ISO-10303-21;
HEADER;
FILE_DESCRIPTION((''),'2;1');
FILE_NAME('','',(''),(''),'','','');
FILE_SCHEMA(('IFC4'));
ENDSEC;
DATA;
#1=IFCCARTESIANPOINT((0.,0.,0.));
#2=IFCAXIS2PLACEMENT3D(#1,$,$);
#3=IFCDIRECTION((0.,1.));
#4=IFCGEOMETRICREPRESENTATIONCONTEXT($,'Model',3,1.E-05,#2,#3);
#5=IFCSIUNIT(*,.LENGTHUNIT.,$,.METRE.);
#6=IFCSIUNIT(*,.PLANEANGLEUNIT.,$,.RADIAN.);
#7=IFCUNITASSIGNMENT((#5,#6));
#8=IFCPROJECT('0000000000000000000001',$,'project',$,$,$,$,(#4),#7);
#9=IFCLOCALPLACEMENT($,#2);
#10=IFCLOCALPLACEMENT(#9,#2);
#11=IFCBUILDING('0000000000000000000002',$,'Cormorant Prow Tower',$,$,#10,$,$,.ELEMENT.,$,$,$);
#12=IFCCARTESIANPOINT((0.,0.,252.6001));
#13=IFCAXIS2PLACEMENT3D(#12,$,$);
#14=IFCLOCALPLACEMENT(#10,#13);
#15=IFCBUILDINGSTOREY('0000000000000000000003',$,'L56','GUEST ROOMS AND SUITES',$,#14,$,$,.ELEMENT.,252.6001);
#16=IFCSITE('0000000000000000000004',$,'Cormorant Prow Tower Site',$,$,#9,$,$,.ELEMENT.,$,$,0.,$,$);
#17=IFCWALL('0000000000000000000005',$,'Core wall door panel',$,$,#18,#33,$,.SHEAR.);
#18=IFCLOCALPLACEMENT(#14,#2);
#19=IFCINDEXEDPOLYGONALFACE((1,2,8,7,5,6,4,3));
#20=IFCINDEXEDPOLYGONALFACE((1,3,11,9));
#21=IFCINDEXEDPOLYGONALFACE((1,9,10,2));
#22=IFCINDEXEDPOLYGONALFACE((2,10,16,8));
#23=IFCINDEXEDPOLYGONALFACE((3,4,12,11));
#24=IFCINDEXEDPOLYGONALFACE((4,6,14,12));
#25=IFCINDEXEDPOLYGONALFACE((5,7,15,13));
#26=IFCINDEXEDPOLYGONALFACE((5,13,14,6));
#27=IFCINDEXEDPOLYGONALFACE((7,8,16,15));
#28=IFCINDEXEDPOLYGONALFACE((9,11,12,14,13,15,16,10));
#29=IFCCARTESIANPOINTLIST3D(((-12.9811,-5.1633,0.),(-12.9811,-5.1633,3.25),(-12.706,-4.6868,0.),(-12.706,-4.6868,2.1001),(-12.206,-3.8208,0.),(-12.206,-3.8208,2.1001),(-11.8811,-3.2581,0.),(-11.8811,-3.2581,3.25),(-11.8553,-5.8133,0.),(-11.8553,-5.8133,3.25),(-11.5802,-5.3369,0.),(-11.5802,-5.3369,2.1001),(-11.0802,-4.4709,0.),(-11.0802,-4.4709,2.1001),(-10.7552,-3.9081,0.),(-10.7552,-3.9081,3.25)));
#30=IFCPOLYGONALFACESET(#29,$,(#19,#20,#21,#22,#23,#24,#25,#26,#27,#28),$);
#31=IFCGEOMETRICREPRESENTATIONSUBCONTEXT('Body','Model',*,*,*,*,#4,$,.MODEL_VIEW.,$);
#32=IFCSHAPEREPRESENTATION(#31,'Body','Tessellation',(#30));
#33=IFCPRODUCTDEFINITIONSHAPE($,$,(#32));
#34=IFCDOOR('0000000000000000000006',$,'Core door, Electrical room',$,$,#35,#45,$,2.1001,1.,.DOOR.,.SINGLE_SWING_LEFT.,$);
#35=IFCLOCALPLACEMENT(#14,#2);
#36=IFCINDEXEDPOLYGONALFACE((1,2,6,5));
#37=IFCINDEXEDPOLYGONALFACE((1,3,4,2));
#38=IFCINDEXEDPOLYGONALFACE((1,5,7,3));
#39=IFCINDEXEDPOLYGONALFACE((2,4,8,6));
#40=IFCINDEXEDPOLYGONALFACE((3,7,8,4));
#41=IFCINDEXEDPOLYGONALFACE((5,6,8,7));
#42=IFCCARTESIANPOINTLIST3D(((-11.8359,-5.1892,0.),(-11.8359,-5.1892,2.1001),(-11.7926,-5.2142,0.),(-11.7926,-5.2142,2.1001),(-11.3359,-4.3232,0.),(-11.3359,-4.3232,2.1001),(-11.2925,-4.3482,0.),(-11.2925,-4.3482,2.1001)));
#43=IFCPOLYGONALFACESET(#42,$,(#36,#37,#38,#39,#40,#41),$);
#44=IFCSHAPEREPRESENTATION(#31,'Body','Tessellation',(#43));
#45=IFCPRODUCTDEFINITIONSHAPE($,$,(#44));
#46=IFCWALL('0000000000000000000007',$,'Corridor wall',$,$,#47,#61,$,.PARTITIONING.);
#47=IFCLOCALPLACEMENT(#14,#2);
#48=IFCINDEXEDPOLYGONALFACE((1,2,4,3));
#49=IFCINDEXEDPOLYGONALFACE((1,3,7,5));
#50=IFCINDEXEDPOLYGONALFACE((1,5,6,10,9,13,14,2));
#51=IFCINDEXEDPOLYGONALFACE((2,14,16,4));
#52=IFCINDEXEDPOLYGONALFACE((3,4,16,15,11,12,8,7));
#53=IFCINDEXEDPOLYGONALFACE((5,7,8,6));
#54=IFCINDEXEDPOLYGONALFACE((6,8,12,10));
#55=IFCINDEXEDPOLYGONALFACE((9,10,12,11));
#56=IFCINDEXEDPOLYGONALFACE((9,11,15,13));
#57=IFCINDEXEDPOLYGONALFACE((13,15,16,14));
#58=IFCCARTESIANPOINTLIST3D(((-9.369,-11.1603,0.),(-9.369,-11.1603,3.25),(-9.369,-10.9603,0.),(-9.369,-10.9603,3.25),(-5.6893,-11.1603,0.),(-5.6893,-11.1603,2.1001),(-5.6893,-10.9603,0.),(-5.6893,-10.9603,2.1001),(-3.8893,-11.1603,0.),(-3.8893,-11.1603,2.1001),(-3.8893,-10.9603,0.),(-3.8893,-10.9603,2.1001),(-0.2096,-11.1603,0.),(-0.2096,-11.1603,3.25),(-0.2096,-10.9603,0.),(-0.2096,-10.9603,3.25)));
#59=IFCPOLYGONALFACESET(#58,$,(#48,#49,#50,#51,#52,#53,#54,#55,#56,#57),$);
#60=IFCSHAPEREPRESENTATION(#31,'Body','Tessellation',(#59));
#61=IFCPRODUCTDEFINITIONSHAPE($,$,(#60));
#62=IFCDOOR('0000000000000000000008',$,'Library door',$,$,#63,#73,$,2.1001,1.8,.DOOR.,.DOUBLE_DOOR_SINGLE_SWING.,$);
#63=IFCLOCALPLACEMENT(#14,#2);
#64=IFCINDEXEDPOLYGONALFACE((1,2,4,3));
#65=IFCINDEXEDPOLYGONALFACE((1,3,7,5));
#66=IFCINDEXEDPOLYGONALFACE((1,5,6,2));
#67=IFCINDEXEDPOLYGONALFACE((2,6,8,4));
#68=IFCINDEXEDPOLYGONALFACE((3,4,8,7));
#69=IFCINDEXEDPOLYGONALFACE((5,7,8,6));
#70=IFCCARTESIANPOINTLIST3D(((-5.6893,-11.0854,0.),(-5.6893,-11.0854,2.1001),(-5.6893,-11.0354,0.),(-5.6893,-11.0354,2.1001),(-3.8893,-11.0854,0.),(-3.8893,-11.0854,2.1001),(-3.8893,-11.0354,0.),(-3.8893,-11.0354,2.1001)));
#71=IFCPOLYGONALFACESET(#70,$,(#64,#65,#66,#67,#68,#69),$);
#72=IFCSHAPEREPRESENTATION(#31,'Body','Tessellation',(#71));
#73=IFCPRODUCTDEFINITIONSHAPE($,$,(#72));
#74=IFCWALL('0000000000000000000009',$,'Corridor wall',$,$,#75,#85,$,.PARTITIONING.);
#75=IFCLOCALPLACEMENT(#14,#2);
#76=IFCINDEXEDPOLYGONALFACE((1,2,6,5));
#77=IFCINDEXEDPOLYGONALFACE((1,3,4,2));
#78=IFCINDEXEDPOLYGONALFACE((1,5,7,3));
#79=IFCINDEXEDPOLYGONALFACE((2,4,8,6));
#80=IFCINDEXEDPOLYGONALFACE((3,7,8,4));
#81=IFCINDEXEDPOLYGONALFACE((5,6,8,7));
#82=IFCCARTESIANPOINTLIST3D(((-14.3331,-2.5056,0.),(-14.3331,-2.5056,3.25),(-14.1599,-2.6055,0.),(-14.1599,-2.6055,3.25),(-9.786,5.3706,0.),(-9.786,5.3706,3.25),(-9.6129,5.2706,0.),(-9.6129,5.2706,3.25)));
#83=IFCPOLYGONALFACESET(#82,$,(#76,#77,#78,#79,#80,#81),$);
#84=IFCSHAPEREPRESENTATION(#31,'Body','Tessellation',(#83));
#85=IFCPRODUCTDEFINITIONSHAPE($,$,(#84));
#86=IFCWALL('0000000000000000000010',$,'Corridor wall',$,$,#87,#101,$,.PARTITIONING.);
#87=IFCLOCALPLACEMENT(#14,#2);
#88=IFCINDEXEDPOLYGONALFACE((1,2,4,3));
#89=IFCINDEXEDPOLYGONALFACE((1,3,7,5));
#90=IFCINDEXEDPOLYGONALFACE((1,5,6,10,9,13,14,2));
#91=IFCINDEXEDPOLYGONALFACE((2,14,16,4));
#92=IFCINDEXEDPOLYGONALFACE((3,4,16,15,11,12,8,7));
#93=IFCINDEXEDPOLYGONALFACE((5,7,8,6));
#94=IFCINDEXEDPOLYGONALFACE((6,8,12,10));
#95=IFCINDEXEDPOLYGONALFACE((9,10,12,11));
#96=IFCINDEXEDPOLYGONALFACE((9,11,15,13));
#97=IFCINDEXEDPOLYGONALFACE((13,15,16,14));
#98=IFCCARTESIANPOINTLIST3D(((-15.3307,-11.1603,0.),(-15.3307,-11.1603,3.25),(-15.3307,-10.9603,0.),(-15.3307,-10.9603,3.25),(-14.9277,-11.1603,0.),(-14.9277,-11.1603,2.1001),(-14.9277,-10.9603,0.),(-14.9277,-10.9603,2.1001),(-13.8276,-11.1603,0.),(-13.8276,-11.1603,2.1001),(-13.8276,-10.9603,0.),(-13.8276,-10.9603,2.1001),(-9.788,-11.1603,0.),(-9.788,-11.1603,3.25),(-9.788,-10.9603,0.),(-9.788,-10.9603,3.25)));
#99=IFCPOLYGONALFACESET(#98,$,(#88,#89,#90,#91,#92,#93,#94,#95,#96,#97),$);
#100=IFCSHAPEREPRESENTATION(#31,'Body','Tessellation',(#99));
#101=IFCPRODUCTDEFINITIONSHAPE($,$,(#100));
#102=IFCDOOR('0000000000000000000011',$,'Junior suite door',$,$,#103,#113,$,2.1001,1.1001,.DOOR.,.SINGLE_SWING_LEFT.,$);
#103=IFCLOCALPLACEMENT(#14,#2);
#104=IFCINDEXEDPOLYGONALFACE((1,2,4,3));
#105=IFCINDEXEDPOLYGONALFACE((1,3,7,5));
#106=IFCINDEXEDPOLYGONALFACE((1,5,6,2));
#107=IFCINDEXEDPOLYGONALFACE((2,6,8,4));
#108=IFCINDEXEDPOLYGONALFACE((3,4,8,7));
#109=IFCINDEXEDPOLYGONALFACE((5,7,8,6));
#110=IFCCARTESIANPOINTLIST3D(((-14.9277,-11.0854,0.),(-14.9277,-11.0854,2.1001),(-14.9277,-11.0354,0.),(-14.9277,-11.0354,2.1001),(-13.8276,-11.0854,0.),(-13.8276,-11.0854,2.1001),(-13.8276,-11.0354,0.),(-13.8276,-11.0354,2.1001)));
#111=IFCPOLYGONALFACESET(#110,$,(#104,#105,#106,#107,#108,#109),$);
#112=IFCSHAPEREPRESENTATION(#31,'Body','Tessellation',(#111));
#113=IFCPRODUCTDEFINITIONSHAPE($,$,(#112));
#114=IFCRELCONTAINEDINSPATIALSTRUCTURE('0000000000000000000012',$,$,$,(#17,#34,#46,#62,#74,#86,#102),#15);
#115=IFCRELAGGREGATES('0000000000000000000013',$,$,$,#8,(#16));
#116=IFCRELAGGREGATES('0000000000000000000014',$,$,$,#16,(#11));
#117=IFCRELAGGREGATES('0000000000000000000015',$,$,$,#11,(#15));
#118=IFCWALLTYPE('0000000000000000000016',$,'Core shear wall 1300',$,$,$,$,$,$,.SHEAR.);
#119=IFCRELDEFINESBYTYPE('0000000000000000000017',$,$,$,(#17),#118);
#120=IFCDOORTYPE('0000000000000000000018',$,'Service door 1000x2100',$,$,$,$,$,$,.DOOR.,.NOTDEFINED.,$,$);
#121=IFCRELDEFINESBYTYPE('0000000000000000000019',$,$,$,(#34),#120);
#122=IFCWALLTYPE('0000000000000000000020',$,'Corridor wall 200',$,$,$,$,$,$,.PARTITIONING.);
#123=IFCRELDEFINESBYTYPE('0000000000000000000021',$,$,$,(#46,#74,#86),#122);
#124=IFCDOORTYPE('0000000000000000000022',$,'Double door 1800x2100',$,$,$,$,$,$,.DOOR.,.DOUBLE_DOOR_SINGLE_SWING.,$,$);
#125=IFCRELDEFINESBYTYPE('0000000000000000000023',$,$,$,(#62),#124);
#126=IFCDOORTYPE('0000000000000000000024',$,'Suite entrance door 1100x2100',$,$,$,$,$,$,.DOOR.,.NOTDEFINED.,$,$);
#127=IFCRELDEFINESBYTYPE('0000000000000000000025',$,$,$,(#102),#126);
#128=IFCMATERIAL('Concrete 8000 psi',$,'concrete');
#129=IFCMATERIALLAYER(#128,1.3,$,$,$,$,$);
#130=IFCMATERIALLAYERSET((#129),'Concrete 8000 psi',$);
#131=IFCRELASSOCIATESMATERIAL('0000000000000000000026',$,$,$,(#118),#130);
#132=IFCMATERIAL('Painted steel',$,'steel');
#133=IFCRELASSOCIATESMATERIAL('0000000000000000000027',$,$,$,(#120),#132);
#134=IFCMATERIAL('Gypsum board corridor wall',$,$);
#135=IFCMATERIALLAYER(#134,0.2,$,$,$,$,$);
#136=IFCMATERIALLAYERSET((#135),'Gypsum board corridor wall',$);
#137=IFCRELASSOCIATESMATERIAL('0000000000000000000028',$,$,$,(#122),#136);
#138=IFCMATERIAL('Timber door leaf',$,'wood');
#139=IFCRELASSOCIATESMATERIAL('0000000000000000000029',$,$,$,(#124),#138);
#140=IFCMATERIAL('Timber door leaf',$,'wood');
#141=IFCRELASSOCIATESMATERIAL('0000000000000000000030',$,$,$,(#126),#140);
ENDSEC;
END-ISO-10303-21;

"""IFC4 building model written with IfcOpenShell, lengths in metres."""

from ifc_helpers import new_model, si_unit, direction, frame, frame_2d, origin, place, context, subcontext, project, spatial, rectangle, extrude, material, layer, layer_set, type_object, element, fill, save


model = new_model("IFC4")

# Units and contexts
model_context = context("Model", 3, precision=1e-05, world=origin(), true_north=direction((0.0, 1.0)))
body_context = subcontext(model_context, "Body", "Model", "MODEL_VIEW")
ifc_project = project(units=[si_unit("LENGTHUNIT", "METRE"), si_unit("PLANEANGLEUNIT", "RADIAN")], contexts=[model_context])

# Site, building, storey
site_placement = place(None, origin())
site = spatial("IfcSite", under=ifc_project, at=site_placement, Name="Cormorant Prow Tower Site", CompositionType="ELEMENT", RefElevation=0.0)
building_placement = place(site_placement, origin())
building = spatial("IfcBuilding", under=site, at=building_placement, Name="Cormorant Prow Tower", CompositionType="ELEMENT")
storey_placement = place(building_placement, frame((0.0, 0.0, 252.6001)))
storey = spatial("IfcBuildingStorey", under=building, at=storey_placement, Name="L56", Description="GUEST ROOMS AND SUITES", CompositionType="ELEMENT", Elevation=252.6001)

# Shared definitions
ifc_material_1 = material(Name="Concrete 8000 psi", Category="concrete")
ifc_layer_1 = layer(ifc_material_1, 1.3)
ifc_layer_set_1 = layer_set([ifc_layer_1], Name="Concrete 8000 psi")
wall_type_1 = type_object("IfcWallType", Name="Core shear wall 1300", PredefinedType="SHEAR", material=ifc_layer_set_1)

# Walls, openings, doors
wall_1_placement = place(storey_placement, frame((-11.3181, -3.583, 0.0), z_axis=(0.0, 0.0, 1.0), x_axis=(-0.50003, -0.866008, 0.0)))
wall_1 = element("IfcWall", 1, at=wall_1_placement, inside=storey, type_object=wall_type_1, Name="Core wall door panel", PredefinedType="SHEAR", context=body_context, shape_type="SweptSolid", body=[
    extrude(rectangle(XDim=2.2, YDim=1.3, at=frame_2d((1.1001, 0.0))), origin(), (0.0, 0.0, 1.0), 3.25),
])
opening_1_placement = place(wall_1_placement, frame((0.6499, 0.0, 0.0)))
opening_1 = element("IfcOpeningElement", 2, at=opening_1_placement, cuts=wall_1, PredefinedType="OPENING", context=body_context, shape_type="SweptSolid", body=[
    extrude(rectangle(XDim=1.0, YDim=2.1001, at=frame_2d((0.5, 1.05))), frame((0.0, 0.6599, 0.0), z_axis=(0.0, -1.0, 0.0), x_axis=(1.0, 0.0, 0.0)), (0.0, 0.0, 1.0), 1.3201),
])
ifc_material_2 = material(Name="Painted steel", Category="steel")
door_type_1 = type_object("IfcDoorType", Name="Service door 1000x2100", OperationType="NOTDEFINED", PredefinedType="DOOR", material=ifc_material_2)
door_1_placement = place(opening_1_placement, origin())
door_1 = element("IfcDoor", 3, at=door_1_placement, inside=storey, type_object=door_type_1, Name="Core door, Electrical room", OperationType="SINGLE_SWING_LEFT", OverallHeight=2.1001, OverallWidth=1.0, PredefinedType="DOOR", context=body_context, shape_type="SweptSolid", body=[
    extrude(rectangle(XDim=1.0, YDim=2.1001, at=frame_2d((0.5, 1.05))), frame((0.0, 0.4048, 0.0), z_axis=(0.0, -1.0, 0.0), x_axis=(1.0, 0.0, 0.0)), (0.0, 0.0, 1.0), 0.05),
])
fill(opening_1, door_1)
ifc_material_3 = material(Name="Gypsum board corridor wall")
ifc_layer_2 = layer(ifc_material_3, 0.2)
ifc_layer_set_2 = layer_set([ifc_layer_2], Name="Gypsum board corridor wall")
wall_type_2 = type_object("IfcWallType", Name="Corridor wall 200", PredefinedType="PARTITIONING", material=ifc_layer_set_2)
wall_2_placement = place(storey_placement, frame((-9.3689, -11.0603, 0.0), z_axis=(0.0, 0.0, 1.0), x_axis=(1.0, 0.0, 0.0)))
wall_2 = element("IfcWall", 4, at=wall_2_placement, inside=storey, type_object=wall_type_2, Name="Corridor wall", PredefinedType="PARTITIONING", context=body_context, shape_type="SweptSolid", body=[
    extrude(rectangle(XDim=9.1594, YDim=0.2, at=frame_2d((4.5796, 0.0))), origin(), (0.0, 0.0, 1.0), 3.25),
])
opening_2_placement = place(wall_2_placement, frame((3.6797, 0.0, 0.0)))
opening_2 = element("IfcOpeningElement", 5, at=opening_2_placement, cuts=wall_2, PredefinedType="OPENING", context=body_context, shape_type="SweptSolid", body=[
    extrude(rectangle(XDim=1.8, YDim=2.1001, at=frame_2d((0.8999, 1.05))), frame((0.0, 0.1099, 0.0), z_axis=(0.0, -1.0, 0.0), x_axis=(1.0, 0.0, 0.0)), (0.0, 0.0, 1.0), 0.22),
])
ifc_material_4 = material(Name="Timber door leaf", Category="wood")
door_type_2 = type_object("IfcDoorType", Name="Double door 1800x2100", OperationType="DOUBLE_DOOR_SINGLE_SWING", PredefinedType="DOOR", material=ifc_material_4)
door_2_placement = place(opening_2_placement, origin())
door_2 = element("IfcDoor", 6, at=door_2_placement, inside=storey, type_object=door_type_2, Name="Library door", OperationType="DOUBLE_DOOR_SINGLE_SWING", OverallHeight=2.1001, OverallWidth=1.8, PredefinedType="DOOR", context=body_context, shape_type="SweptSolid", body=[
    extrude(rectangle(XDim=1.8, YDim=2.1001, at=frame_2d((0.8999, 1.05))), frame((0.0, 0.0249, 0.0), z_axis=(0.0, -1.0, 0.0), x_axis=(1.0, 0.0, 0.0)), (0.0, 0.0, 1.0), 0.05),
])
fill(opening_2, door_2)

# Wall
wall_3_placement = place(storey_placement, frame((-14.2466, -2.5557, 0.0), z_axis=(0.0, 0.0, 1.0), x_axis=(0.499982, 0.866036, 0.0)))
element("IfcWall", 7, at=wall_3_placement, inside=storey, type_object=wall_type_2, Name="Corridor wall", PredefinedType="PARTITIONING", context=body_context, shape_type="SweptSolid", body=[
    extrude(rectangle(XDim=9.0945, YDim=0.2, at=frame_2d((4.5474, 0.0))), origin(), (0.0, 0.0, 1.0), 3.25),
])

# Wall, opening, door
wall_4_placement = place(storey_placement, frame((-15.3308, -11.0603, 0.0), z_axis=(0.0, 0.0, 1.0), x_axis=(1.0, 0.0, 0.0)))
wall_4 = element("IfcWall", 8, at=wall_4_placement, inside=storey, type_object=wall_type_2, Name="Corridor wall", PredefinedType="PARTITIONING", context=body_context, shape_type="SweptSolid", body=[
    extrude(rectangle(XDim=5.5427, YDim=0.2, at=frame_2d((2.7715, 0.0))), origin(), (0.0, 0.0, 1.0), 3.25),
])
opening_3_placement = place(wall_4_placement, frame((0.4031, 0.0, 0.0)))
opening_3 = element("IfcOpeningElement", 9, at=opening_3_placement, cuts=wall_4, PredefinedType="OPENING", context=body_context, shape_type="SweptSolid", body=[
    extrude(rectangle(XDim=1.1001, YDim=2.1001, at=frame_2d((0.55, 1.05))), frame((0.0, 0.1099, 0.0), z_axis=(0.0, -1.0, 0.0), x_axis=(1.0, 0.0, 0.0)), (0.0, 0.0, 1.0), 0.22),
])
ifc_material_5 = material(Name="Timber door leaf", Category="wood")
door_type_3 = type_object("IfcDoorType", Name="Suite entrance door 1100x2100", OperationType="NOTDEFINED", PredefinedType="DOOR", material=ifc_material_5)
door_3_placement = place(opening_3_placement, origin())
door_3 = element("IfcDoor", 10, at=door_3_placement, inside=storey, type_object=door_type_3, Name="Junior suite door", OperationType="SINGLE_SWING_LEFT", OverallHeight=2.1001, OverallWidth=1.1001, PredefinedType="DOOR", context=body_context, shape_type="SweptSolid", body=[
    extrude(rectangle(XDim=1.1001, YDim=2.1001, at=frame_2d((0.55, 1.05))), frame((0.0, 0.0249, 0.0), z_axis=(0.0, -1.0, 0.0), x_axis=(1.0, 0.0, 0.0)), (0.0, 0.0, 1.0), 0.05),
])
fill(opening_3, door_3)

save(model, "model.ifc")
